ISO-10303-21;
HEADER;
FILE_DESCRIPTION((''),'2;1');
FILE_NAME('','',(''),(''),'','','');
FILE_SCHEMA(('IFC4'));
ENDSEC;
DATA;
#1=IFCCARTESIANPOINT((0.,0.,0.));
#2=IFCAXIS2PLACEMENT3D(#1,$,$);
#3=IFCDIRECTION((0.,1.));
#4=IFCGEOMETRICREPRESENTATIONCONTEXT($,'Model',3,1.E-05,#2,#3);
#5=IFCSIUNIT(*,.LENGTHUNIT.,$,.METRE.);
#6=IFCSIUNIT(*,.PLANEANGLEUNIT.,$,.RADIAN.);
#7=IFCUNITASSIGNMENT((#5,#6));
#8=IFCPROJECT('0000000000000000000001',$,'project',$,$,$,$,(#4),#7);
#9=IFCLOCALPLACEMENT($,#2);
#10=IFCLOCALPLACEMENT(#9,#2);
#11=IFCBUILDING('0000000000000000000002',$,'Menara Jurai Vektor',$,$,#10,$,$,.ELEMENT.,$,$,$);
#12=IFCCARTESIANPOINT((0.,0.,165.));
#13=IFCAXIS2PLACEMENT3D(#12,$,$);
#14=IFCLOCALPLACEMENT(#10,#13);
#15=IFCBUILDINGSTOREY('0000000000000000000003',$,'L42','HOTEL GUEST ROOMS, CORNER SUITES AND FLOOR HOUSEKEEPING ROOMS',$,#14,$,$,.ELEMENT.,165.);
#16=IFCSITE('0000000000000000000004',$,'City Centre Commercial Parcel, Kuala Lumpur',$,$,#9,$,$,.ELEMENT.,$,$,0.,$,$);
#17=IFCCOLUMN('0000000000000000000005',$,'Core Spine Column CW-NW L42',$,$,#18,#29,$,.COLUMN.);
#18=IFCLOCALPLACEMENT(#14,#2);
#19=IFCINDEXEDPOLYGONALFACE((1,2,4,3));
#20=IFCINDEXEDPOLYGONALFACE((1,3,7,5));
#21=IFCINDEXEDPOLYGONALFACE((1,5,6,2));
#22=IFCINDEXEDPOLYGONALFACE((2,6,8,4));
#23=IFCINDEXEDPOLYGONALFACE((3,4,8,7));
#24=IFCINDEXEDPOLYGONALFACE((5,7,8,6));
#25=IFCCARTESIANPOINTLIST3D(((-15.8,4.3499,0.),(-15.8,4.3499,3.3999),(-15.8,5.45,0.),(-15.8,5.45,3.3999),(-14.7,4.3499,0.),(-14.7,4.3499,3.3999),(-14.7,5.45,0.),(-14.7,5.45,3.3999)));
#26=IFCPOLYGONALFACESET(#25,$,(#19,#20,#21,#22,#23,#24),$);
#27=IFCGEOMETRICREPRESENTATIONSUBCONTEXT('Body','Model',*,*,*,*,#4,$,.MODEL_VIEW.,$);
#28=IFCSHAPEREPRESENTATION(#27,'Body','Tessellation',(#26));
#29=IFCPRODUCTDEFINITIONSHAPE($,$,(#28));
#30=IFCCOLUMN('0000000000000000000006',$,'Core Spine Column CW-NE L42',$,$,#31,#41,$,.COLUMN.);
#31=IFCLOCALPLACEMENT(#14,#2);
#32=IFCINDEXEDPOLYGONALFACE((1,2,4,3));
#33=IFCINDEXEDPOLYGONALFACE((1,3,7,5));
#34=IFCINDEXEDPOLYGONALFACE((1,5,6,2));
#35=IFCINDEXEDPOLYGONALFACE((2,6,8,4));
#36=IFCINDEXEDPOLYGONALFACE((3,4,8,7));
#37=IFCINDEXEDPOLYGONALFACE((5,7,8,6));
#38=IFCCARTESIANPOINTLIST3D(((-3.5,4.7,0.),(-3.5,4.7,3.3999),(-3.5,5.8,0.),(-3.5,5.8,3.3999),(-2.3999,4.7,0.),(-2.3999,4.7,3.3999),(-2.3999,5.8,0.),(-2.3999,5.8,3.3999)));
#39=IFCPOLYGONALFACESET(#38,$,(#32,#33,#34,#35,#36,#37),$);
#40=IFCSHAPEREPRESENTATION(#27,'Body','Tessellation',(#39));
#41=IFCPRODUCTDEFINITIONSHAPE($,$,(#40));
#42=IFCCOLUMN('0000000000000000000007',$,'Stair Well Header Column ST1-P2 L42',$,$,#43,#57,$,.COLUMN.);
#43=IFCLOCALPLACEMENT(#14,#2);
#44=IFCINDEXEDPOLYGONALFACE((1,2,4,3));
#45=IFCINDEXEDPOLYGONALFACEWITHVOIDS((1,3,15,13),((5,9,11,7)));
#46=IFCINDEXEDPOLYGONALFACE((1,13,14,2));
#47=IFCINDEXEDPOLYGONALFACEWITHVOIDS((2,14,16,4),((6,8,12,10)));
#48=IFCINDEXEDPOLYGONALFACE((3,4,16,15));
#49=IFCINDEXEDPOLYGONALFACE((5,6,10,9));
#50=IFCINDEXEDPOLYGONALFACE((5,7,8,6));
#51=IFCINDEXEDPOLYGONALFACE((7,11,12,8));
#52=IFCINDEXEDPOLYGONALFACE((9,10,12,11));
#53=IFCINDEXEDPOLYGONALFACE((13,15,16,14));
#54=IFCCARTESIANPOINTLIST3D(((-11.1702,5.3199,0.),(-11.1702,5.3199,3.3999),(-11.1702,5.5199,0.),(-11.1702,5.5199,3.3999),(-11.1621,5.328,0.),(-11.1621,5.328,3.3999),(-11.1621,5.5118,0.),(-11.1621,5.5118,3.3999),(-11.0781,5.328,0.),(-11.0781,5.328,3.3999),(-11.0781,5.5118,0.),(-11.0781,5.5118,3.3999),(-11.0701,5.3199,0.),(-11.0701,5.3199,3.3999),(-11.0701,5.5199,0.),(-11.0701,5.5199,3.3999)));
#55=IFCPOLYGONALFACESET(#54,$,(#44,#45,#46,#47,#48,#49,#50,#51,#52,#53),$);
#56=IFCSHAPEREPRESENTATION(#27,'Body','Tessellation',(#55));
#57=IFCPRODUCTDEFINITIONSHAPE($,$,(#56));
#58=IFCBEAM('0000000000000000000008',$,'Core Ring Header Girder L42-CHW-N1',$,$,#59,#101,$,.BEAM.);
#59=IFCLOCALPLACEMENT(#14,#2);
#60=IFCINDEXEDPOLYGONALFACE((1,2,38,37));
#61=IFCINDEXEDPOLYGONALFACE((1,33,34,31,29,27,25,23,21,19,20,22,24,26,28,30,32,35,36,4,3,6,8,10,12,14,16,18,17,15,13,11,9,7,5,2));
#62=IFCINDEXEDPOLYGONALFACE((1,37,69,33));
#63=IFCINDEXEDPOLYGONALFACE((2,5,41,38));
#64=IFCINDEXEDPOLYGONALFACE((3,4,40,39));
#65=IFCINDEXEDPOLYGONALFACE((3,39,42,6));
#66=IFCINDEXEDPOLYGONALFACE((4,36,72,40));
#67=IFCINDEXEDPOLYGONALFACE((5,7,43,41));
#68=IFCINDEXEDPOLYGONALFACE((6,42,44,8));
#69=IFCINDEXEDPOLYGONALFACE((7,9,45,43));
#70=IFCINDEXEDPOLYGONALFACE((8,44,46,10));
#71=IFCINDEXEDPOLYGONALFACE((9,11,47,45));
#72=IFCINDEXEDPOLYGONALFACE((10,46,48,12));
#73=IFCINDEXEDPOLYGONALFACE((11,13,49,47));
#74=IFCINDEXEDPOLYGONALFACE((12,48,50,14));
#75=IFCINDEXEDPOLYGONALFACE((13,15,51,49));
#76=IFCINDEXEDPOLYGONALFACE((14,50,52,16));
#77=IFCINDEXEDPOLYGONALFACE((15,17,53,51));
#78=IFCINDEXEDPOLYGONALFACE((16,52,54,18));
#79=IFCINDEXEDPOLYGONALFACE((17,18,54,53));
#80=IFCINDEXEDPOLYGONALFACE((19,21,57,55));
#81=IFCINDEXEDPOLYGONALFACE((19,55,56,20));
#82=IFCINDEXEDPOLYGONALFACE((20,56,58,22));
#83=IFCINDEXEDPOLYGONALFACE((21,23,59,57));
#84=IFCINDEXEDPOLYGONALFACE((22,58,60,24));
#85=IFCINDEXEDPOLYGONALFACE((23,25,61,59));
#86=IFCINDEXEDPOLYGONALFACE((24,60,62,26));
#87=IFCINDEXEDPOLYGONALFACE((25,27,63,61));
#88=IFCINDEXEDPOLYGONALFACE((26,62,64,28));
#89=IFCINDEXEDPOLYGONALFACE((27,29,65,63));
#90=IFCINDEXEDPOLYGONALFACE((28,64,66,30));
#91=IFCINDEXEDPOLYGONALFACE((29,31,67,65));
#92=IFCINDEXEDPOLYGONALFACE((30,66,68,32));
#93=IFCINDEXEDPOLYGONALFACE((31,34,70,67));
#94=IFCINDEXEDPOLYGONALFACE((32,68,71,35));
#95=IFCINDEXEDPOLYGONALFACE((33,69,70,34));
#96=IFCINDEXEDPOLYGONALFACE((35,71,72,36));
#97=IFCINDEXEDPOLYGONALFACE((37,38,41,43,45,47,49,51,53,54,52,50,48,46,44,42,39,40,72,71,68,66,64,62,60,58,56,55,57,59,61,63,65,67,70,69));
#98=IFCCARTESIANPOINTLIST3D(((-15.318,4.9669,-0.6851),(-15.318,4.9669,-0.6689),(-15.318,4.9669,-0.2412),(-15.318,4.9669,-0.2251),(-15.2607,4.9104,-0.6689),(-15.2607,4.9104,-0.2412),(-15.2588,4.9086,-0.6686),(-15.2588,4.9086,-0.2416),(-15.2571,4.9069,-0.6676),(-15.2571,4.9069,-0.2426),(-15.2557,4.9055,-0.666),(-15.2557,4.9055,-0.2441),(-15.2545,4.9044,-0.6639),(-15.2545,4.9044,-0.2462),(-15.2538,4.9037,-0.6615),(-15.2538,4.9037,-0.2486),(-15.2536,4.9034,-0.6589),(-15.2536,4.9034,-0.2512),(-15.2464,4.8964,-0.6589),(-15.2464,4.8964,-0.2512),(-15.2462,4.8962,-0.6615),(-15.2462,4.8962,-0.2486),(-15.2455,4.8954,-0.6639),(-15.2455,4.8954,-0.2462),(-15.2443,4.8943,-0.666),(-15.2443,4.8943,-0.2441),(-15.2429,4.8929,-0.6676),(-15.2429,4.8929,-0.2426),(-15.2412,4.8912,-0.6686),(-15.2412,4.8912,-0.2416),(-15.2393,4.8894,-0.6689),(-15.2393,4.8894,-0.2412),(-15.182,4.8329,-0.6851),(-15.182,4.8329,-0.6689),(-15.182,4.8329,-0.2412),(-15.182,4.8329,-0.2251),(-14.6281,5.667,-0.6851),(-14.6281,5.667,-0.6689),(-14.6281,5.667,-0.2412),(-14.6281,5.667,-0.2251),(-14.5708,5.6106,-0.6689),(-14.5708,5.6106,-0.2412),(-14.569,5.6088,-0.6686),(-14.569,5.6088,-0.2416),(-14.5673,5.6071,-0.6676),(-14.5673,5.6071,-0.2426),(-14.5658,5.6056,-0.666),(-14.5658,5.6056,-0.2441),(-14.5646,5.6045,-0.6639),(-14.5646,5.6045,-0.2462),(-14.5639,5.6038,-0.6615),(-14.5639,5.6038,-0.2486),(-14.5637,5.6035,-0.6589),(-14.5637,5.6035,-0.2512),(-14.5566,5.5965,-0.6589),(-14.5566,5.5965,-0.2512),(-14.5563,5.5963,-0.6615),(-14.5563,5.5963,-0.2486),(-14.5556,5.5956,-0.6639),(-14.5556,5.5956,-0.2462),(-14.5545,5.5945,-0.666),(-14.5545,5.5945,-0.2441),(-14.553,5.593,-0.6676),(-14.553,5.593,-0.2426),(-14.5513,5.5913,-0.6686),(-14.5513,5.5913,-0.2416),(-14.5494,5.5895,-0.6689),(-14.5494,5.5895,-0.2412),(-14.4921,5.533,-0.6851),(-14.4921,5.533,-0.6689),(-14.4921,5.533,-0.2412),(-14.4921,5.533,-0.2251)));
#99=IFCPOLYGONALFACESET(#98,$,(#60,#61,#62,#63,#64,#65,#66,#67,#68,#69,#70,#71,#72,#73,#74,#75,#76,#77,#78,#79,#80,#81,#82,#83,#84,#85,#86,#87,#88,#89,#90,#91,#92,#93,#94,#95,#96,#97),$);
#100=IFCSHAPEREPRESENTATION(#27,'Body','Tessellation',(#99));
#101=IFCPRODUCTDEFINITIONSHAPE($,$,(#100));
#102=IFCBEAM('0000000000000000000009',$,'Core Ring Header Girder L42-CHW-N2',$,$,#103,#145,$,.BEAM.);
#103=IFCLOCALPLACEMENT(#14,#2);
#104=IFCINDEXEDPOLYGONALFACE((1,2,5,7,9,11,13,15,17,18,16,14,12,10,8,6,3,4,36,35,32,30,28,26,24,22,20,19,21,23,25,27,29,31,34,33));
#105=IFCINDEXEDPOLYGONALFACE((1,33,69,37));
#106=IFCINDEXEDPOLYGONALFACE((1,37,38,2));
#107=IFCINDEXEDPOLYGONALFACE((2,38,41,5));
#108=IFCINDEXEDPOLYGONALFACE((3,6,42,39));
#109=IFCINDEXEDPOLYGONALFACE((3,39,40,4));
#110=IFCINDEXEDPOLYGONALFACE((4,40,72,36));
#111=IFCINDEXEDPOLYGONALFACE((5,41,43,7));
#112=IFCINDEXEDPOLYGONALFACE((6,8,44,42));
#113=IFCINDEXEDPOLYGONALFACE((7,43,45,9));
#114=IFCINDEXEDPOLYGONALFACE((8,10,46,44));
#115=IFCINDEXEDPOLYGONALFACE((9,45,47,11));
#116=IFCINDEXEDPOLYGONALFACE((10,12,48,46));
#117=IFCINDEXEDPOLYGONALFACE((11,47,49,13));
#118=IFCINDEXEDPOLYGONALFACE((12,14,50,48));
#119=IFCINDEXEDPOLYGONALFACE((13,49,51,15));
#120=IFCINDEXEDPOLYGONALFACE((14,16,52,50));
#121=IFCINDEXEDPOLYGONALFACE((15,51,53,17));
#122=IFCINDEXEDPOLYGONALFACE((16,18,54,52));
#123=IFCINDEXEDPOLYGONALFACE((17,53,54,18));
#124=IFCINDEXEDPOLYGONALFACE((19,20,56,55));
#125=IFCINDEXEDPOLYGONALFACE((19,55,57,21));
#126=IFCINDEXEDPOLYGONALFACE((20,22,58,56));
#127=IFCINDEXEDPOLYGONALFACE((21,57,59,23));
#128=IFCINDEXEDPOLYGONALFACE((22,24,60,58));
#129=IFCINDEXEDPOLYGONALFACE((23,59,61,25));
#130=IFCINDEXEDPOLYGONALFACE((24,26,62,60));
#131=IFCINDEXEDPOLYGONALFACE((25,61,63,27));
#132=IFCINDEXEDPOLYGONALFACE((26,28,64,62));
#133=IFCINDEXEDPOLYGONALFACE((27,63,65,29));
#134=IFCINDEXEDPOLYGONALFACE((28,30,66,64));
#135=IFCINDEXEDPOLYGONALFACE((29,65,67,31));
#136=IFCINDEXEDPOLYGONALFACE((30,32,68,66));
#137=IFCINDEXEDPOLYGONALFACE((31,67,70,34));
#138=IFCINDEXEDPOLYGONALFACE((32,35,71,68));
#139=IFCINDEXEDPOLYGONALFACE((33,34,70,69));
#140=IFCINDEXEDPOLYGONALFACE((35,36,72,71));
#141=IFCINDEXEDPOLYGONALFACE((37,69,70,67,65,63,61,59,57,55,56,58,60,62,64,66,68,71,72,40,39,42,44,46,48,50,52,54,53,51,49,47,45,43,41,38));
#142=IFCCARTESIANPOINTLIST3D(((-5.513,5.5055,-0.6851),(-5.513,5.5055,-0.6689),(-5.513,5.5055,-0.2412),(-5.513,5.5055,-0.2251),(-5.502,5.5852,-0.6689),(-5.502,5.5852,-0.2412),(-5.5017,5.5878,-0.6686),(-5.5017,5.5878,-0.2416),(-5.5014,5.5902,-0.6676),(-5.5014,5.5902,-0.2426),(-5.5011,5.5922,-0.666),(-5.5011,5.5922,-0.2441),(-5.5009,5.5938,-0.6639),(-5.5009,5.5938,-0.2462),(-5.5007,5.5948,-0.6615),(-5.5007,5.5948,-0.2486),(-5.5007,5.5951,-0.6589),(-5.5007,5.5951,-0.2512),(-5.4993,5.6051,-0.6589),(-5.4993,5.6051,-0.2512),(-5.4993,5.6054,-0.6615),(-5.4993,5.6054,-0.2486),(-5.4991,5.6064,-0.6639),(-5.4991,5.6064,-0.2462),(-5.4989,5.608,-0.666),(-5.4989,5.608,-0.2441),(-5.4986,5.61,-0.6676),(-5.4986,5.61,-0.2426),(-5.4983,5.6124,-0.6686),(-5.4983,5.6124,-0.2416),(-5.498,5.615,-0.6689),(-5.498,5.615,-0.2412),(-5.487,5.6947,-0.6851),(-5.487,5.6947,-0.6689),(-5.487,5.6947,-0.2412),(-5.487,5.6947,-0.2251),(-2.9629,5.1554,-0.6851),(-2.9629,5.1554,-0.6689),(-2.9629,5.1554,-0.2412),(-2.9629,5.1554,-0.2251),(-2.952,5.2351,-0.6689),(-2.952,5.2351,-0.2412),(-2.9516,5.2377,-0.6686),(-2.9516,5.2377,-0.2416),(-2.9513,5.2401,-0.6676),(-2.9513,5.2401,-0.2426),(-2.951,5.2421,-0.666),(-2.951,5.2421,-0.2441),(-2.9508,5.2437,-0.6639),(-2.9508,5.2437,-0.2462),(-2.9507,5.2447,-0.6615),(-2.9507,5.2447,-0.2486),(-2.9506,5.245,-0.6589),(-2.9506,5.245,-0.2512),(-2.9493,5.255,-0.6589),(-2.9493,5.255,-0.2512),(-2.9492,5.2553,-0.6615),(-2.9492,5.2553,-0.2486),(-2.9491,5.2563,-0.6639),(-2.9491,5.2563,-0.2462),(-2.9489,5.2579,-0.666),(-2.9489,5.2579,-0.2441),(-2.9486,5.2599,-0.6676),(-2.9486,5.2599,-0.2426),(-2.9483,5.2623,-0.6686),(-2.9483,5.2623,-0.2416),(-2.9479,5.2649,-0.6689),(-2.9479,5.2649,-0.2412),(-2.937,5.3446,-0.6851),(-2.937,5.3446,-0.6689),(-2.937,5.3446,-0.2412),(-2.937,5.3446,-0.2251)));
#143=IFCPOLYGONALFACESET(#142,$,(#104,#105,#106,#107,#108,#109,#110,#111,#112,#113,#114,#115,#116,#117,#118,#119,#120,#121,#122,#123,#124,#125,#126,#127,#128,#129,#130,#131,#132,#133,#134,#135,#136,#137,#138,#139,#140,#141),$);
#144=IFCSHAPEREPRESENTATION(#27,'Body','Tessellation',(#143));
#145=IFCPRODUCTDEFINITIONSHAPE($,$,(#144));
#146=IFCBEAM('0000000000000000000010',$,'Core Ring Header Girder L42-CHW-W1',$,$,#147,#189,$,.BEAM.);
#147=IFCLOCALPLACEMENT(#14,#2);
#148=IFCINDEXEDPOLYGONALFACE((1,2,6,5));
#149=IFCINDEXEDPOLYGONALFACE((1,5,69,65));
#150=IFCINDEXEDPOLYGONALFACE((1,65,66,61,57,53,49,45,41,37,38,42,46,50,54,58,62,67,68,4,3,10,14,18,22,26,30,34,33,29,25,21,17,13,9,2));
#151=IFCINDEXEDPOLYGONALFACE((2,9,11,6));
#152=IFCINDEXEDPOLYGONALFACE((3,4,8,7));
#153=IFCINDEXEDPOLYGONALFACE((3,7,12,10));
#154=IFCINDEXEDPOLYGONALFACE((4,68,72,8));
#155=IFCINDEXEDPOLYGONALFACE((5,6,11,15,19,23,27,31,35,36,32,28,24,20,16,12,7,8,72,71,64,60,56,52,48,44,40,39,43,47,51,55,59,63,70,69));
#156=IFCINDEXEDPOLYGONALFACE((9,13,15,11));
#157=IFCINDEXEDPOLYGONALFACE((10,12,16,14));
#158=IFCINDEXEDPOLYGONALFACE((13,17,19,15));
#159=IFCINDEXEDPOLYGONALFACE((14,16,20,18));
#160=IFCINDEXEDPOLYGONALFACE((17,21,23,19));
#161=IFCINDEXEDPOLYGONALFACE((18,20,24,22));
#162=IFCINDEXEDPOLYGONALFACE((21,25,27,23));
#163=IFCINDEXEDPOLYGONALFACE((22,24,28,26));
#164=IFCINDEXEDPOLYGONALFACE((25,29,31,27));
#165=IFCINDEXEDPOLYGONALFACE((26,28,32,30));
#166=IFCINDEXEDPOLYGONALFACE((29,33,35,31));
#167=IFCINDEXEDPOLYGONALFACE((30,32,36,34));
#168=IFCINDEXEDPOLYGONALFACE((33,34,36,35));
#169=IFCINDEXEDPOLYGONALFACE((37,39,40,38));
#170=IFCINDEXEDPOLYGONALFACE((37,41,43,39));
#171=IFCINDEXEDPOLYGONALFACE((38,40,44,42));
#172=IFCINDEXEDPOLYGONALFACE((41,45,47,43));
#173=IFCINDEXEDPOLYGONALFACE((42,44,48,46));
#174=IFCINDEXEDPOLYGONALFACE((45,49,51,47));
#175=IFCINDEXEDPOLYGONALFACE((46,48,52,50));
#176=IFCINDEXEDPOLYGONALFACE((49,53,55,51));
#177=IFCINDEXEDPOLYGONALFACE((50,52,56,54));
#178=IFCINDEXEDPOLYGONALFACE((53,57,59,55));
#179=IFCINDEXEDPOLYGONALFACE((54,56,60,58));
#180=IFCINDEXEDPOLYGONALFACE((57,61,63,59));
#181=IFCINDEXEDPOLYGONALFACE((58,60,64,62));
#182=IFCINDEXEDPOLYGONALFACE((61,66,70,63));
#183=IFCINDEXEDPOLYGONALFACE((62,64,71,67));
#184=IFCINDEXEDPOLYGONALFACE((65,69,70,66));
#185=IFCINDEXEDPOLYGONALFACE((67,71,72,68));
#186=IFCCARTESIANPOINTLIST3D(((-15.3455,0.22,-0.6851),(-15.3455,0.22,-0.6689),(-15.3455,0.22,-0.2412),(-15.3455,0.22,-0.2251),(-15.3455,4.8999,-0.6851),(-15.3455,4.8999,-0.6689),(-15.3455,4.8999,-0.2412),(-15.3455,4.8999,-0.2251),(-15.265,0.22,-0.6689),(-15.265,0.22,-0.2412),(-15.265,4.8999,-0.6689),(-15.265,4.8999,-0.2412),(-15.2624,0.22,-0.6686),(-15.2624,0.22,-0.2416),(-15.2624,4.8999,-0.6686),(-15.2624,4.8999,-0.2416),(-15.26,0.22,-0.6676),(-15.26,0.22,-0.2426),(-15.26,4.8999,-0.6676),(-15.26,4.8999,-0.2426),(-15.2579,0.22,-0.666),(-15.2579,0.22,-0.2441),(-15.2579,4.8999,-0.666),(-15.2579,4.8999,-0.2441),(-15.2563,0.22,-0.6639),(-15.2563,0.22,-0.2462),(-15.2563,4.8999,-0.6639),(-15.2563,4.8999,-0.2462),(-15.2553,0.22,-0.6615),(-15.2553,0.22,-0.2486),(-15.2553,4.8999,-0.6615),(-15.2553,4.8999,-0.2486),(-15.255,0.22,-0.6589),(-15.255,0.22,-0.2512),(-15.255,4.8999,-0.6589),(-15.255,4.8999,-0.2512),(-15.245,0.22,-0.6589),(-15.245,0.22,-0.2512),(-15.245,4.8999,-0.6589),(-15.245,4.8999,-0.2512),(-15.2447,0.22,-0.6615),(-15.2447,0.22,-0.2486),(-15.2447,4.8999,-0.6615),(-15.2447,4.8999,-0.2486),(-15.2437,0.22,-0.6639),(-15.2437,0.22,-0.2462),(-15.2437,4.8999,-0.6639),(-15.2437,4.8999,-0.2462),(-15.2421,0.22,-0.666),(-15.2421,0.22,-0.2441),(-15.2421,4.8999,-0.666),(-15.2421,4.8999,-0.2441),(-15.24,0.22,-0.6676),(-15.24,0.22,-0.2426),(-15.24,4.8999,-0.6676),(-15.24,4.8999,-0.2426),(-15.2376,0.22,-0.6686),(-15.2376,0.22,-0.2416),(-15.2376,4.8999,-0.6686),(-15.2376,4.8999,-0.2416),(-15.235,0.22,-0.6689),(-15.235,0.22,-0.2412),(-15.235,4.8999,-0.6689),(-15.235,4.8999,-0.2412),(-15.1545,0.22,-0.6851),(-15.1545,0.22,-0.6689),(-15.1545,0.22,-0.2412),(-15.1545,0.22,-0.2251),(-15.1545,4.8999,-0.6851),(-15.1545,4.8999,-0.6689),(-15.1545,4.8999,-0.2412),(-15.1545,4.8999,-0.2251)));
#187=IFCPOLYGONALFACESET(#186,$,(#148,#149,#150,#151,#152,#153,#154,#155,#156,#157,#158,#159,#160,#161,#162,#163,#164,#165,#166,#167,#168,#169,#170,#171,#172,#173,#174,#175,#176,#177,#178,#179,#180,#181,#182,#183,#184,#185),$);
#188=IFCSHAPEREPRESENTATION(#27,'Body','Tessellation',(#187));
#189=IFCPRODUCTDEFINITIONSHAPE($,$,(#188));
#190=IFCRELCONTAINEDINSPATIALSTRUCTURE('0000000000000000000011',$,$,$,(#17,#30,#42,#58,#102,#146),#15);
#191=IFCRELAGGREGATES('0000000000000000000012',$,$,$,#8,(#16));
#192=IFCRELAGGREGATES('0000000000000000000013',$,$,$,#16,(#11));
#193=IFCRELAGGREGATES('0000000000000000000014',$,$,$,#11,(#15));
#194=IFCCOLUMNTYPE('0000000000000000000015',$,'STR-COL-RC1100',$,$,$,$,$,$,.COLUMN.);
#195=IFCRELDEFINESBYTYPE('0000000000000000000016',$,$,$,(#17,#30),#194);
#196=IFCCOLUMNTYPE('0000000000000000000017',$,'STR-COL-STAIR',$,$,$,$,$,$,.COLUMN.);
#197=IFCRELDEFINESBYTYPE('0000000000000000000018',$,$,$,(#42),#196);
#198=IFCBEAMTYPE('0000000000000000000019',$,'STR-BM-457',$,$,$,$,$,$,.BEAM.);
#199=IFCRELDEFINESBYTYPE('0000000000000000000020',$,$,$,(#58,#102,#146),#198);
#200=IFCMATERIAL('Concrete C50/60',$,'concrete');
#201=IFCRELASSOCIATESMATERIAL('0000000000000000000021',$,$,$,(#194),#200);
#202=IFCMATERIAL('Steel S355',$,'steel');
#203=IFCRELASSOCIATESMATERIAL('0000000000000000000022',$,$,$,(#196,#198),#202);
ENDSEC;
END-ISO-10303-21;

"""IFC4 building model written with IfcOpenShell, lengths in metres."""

from ifc_helpers import new_model, si_unit, direction, frame, origin, origin_2d, place, context, subcontext, project, spatial, rectangle, hollow_rectangle, i_section, extrude, material, material_profile, profile_set, type_object, element, save


model = new_model("IFC4")

# Units and contexts
model_context = context("Model", 3, precision=1e-05, world=origin(), true_north=direction((0.0, 1.0)))
body_context = subcontext(model_context, "Body", "Model", "MODEL_VIEW")
ifc_project = project(units=[si_unit("LENGTHUNIT", "METRE"), si_unit("PLANEANGLEUNIT", "RADIAN")], contexts=[model_context])

# Site, building, storey
site_placement = place(None, origin())
site = spatial("IfcSite", under=ifc_project, at=site_placement, Name="City Centre Commercial Parcel, Kuala Lumpur", CompositionType="ELEMENT", RefElevation=0.0)
building_placement = place(site_placement, origin())
building = spatial("IfcBuilding", under=site, at=building_placement, Name="Menara Jurai Vektor", CompositionType="ELEMENT")
storey_placement = place(building_placement, frame((0.0, 0.0, 165.0)))
storey = spatial("IfcBuildingStorey", under=building, at=storey_placement, Name="L42", Description="HOTEL GUEST ROOMS, CORNER SUITES AND FLOOR HOUSEKEEPING ROOMS", CompositionType="ELEMENT", Elevation=165.0)

# Columns
ifc_material_1 = material(Name="Concrete C50/60", Category="concrete")
ifc_material_profile_1 = material_profile(ifc_material_1, rectangle(XDim=1.1001, YDim=1.1001, at=origin_2d()), Name="RC 1100x1100")
ifc_profile_set_1 = profile_set([ifc_material_profile_1], Name="Concrete C50/60")
column_type_1 = type_object("IfcColumnType", Name="STR-COL-RC1100", PredefinedType="COLUMN", material=ifc_profile_set_1)
for number, where, z_axis, x_axis, name in (
    (1, (-15.25, 4.8999, 0.0), (0.0, 0.0, 1.0), (1.0, 0.0, 0.0), "Core Spine Column CW-NW L42"),
    (2, (-2.95, 5.25, 0.0), (0.0, 0.0, 1.0), (1.0, 0.0, 0.0), "Core Spine Column CW-NE L42"),
):
    element("IfcColumn", number, at=place(storey_placement, frame(where, z_axis=z_axis, x_axis=x_axis)), inside=storey, type_object=column_type_1, Name=name, PredefinedType="COLUMN", context=body_context, shape_type="SweptSolid", body=[
        extrude(rectangle(XDim=1.1001, YDim=1.1001, at=origin_2d()), origin(), (0.0, 0.0, 1.0), 3.3999),
    ])
ifc_material_2 = material(Name="Steel S355", Category="steel")
ifc_material_profile_2 = material_profile(ifc_material_2, hollow_rectangle(XDim=0.1001, YDim=0.2, WallThickness=0.0081, at=origin_2d()), Name="RHS 200x100x8")
ifc_profile_set_2 = profile_set([ifc_material_profile_2], Name="Steel S355")
column_type_2 = type_object("IfcColumnType", Name="STR-COL-STAIR", PredefinedType="COLUMN", material=ifc_profile_set_2)
column_placement = place(storey_placement, frame((-11.1201, 5.4199, 0.0), z_axis=(0.0, 0.0, 1.0), x_axis=(1.0, 0.0, 0.0)))
element("IfcColumn", 3, at=column_placement, inside=storey, type_object=column_type_2, Name="Stair Well Header Column ST1-P2 L42", PredefinedType="COLUMN", context=body_context, shape_type="SweptSolid", body=[
    extrude(hollow_rectangle(XDim=0.1001, YDim=0.2, WallThickness=0.0081, at=origin_2d()), origin(), (0.0, 0.0, 1.0), 3.3999),
])

# Beams
ifc_material_profile_3 = material_profile(ifc_material_2, i_section(OverallWidth=0.1909, OverallDepth=0.46, WebThickness=0.01, FlangeThickness=0.0161, FilletRadius=0.01, at=origin_2d()), Name="UKB 457x191x82")
ifc_profile_set_3 = profile_set([ifc_material_profile_3], Name="Steel S355")
beam_type_1 = type_object("IfcBeamType", Name="STR-BM-457", PredefinedType="BEAM", material=ifc_profile_set_3)
beam_1_placement = place(storey_placement, frame((-15.25, 4.8999, -0.4551), z_axis=(0.701872, 0.712303, 0.0), x_axis=(-0.712303, 0.701872, 0.0)))
element("IfcBeam", 4, at=beam_1_placement, inside=storey, type_object=beam_type_1, Name="Core Ring Header Girder L42-CHW-N1", PredefinedType="BEAM", context=body_context, shape_type="SweptSolid", body=[
    extrude(i_section(OverallWidth=0.1909, OverallDepth=0.46, WebThickness=0.01, FlangeThickness=0.0161, FilletRadius=0.01, at=origin_2d()), origin(), (0.0, 0.0, 1.0), 0.9829),
])
beam_2_placement = place(storey_placement, frame((-5.5, 5.6001, -0.4551), z_axis=(0.990707, -0.136015, 0.0), x_axis=(0.136015, 0.990707, 0.0)))
element("IfcBeam", 5, at=beam_2_placement, inside=storey, type_object=beam_type_1, Name="Core Ring Header Girder L42-CHW-N2", PredefinedType="BEAM", context=body_context, shape_type="SweptSolid", body=[
    extrude(i_section(OverallWidth=0.1909, OverallDepth=0.46, WebThickness=0.01, FlangeThickness=0.0161, FilletRadius=0.01, at=origin_2d()), origin(), (0.0, 0.0, 1.0), 2.574),
])
beam_3_placement = place(storey_placement, frame((-15.25, 0.22, -0.4551), z_axis=(0.0, 1.0, 0.0), x_axis=(-1.0, 0.0, 0.0)))
element("IfcBeam", 6, at=beam_3_placement, inside=storey, type_object=beam_type_1, Name="Core Ring Header Girder L42-CHW-W1", PredefinedType="BEAM", context=body_context, shape_type="SweptSolid", body=[
    extrude(i_section(OverallWidth=0.1909, OverallDepth=0.46, WebThickness=0.01, FlangeThickness=0.0161, FilletRadius=0.01, at=origin_2d()), origin(), (0.0, 0.0, 1.0), 4.6799),
])

save(model, "model.ifc")
